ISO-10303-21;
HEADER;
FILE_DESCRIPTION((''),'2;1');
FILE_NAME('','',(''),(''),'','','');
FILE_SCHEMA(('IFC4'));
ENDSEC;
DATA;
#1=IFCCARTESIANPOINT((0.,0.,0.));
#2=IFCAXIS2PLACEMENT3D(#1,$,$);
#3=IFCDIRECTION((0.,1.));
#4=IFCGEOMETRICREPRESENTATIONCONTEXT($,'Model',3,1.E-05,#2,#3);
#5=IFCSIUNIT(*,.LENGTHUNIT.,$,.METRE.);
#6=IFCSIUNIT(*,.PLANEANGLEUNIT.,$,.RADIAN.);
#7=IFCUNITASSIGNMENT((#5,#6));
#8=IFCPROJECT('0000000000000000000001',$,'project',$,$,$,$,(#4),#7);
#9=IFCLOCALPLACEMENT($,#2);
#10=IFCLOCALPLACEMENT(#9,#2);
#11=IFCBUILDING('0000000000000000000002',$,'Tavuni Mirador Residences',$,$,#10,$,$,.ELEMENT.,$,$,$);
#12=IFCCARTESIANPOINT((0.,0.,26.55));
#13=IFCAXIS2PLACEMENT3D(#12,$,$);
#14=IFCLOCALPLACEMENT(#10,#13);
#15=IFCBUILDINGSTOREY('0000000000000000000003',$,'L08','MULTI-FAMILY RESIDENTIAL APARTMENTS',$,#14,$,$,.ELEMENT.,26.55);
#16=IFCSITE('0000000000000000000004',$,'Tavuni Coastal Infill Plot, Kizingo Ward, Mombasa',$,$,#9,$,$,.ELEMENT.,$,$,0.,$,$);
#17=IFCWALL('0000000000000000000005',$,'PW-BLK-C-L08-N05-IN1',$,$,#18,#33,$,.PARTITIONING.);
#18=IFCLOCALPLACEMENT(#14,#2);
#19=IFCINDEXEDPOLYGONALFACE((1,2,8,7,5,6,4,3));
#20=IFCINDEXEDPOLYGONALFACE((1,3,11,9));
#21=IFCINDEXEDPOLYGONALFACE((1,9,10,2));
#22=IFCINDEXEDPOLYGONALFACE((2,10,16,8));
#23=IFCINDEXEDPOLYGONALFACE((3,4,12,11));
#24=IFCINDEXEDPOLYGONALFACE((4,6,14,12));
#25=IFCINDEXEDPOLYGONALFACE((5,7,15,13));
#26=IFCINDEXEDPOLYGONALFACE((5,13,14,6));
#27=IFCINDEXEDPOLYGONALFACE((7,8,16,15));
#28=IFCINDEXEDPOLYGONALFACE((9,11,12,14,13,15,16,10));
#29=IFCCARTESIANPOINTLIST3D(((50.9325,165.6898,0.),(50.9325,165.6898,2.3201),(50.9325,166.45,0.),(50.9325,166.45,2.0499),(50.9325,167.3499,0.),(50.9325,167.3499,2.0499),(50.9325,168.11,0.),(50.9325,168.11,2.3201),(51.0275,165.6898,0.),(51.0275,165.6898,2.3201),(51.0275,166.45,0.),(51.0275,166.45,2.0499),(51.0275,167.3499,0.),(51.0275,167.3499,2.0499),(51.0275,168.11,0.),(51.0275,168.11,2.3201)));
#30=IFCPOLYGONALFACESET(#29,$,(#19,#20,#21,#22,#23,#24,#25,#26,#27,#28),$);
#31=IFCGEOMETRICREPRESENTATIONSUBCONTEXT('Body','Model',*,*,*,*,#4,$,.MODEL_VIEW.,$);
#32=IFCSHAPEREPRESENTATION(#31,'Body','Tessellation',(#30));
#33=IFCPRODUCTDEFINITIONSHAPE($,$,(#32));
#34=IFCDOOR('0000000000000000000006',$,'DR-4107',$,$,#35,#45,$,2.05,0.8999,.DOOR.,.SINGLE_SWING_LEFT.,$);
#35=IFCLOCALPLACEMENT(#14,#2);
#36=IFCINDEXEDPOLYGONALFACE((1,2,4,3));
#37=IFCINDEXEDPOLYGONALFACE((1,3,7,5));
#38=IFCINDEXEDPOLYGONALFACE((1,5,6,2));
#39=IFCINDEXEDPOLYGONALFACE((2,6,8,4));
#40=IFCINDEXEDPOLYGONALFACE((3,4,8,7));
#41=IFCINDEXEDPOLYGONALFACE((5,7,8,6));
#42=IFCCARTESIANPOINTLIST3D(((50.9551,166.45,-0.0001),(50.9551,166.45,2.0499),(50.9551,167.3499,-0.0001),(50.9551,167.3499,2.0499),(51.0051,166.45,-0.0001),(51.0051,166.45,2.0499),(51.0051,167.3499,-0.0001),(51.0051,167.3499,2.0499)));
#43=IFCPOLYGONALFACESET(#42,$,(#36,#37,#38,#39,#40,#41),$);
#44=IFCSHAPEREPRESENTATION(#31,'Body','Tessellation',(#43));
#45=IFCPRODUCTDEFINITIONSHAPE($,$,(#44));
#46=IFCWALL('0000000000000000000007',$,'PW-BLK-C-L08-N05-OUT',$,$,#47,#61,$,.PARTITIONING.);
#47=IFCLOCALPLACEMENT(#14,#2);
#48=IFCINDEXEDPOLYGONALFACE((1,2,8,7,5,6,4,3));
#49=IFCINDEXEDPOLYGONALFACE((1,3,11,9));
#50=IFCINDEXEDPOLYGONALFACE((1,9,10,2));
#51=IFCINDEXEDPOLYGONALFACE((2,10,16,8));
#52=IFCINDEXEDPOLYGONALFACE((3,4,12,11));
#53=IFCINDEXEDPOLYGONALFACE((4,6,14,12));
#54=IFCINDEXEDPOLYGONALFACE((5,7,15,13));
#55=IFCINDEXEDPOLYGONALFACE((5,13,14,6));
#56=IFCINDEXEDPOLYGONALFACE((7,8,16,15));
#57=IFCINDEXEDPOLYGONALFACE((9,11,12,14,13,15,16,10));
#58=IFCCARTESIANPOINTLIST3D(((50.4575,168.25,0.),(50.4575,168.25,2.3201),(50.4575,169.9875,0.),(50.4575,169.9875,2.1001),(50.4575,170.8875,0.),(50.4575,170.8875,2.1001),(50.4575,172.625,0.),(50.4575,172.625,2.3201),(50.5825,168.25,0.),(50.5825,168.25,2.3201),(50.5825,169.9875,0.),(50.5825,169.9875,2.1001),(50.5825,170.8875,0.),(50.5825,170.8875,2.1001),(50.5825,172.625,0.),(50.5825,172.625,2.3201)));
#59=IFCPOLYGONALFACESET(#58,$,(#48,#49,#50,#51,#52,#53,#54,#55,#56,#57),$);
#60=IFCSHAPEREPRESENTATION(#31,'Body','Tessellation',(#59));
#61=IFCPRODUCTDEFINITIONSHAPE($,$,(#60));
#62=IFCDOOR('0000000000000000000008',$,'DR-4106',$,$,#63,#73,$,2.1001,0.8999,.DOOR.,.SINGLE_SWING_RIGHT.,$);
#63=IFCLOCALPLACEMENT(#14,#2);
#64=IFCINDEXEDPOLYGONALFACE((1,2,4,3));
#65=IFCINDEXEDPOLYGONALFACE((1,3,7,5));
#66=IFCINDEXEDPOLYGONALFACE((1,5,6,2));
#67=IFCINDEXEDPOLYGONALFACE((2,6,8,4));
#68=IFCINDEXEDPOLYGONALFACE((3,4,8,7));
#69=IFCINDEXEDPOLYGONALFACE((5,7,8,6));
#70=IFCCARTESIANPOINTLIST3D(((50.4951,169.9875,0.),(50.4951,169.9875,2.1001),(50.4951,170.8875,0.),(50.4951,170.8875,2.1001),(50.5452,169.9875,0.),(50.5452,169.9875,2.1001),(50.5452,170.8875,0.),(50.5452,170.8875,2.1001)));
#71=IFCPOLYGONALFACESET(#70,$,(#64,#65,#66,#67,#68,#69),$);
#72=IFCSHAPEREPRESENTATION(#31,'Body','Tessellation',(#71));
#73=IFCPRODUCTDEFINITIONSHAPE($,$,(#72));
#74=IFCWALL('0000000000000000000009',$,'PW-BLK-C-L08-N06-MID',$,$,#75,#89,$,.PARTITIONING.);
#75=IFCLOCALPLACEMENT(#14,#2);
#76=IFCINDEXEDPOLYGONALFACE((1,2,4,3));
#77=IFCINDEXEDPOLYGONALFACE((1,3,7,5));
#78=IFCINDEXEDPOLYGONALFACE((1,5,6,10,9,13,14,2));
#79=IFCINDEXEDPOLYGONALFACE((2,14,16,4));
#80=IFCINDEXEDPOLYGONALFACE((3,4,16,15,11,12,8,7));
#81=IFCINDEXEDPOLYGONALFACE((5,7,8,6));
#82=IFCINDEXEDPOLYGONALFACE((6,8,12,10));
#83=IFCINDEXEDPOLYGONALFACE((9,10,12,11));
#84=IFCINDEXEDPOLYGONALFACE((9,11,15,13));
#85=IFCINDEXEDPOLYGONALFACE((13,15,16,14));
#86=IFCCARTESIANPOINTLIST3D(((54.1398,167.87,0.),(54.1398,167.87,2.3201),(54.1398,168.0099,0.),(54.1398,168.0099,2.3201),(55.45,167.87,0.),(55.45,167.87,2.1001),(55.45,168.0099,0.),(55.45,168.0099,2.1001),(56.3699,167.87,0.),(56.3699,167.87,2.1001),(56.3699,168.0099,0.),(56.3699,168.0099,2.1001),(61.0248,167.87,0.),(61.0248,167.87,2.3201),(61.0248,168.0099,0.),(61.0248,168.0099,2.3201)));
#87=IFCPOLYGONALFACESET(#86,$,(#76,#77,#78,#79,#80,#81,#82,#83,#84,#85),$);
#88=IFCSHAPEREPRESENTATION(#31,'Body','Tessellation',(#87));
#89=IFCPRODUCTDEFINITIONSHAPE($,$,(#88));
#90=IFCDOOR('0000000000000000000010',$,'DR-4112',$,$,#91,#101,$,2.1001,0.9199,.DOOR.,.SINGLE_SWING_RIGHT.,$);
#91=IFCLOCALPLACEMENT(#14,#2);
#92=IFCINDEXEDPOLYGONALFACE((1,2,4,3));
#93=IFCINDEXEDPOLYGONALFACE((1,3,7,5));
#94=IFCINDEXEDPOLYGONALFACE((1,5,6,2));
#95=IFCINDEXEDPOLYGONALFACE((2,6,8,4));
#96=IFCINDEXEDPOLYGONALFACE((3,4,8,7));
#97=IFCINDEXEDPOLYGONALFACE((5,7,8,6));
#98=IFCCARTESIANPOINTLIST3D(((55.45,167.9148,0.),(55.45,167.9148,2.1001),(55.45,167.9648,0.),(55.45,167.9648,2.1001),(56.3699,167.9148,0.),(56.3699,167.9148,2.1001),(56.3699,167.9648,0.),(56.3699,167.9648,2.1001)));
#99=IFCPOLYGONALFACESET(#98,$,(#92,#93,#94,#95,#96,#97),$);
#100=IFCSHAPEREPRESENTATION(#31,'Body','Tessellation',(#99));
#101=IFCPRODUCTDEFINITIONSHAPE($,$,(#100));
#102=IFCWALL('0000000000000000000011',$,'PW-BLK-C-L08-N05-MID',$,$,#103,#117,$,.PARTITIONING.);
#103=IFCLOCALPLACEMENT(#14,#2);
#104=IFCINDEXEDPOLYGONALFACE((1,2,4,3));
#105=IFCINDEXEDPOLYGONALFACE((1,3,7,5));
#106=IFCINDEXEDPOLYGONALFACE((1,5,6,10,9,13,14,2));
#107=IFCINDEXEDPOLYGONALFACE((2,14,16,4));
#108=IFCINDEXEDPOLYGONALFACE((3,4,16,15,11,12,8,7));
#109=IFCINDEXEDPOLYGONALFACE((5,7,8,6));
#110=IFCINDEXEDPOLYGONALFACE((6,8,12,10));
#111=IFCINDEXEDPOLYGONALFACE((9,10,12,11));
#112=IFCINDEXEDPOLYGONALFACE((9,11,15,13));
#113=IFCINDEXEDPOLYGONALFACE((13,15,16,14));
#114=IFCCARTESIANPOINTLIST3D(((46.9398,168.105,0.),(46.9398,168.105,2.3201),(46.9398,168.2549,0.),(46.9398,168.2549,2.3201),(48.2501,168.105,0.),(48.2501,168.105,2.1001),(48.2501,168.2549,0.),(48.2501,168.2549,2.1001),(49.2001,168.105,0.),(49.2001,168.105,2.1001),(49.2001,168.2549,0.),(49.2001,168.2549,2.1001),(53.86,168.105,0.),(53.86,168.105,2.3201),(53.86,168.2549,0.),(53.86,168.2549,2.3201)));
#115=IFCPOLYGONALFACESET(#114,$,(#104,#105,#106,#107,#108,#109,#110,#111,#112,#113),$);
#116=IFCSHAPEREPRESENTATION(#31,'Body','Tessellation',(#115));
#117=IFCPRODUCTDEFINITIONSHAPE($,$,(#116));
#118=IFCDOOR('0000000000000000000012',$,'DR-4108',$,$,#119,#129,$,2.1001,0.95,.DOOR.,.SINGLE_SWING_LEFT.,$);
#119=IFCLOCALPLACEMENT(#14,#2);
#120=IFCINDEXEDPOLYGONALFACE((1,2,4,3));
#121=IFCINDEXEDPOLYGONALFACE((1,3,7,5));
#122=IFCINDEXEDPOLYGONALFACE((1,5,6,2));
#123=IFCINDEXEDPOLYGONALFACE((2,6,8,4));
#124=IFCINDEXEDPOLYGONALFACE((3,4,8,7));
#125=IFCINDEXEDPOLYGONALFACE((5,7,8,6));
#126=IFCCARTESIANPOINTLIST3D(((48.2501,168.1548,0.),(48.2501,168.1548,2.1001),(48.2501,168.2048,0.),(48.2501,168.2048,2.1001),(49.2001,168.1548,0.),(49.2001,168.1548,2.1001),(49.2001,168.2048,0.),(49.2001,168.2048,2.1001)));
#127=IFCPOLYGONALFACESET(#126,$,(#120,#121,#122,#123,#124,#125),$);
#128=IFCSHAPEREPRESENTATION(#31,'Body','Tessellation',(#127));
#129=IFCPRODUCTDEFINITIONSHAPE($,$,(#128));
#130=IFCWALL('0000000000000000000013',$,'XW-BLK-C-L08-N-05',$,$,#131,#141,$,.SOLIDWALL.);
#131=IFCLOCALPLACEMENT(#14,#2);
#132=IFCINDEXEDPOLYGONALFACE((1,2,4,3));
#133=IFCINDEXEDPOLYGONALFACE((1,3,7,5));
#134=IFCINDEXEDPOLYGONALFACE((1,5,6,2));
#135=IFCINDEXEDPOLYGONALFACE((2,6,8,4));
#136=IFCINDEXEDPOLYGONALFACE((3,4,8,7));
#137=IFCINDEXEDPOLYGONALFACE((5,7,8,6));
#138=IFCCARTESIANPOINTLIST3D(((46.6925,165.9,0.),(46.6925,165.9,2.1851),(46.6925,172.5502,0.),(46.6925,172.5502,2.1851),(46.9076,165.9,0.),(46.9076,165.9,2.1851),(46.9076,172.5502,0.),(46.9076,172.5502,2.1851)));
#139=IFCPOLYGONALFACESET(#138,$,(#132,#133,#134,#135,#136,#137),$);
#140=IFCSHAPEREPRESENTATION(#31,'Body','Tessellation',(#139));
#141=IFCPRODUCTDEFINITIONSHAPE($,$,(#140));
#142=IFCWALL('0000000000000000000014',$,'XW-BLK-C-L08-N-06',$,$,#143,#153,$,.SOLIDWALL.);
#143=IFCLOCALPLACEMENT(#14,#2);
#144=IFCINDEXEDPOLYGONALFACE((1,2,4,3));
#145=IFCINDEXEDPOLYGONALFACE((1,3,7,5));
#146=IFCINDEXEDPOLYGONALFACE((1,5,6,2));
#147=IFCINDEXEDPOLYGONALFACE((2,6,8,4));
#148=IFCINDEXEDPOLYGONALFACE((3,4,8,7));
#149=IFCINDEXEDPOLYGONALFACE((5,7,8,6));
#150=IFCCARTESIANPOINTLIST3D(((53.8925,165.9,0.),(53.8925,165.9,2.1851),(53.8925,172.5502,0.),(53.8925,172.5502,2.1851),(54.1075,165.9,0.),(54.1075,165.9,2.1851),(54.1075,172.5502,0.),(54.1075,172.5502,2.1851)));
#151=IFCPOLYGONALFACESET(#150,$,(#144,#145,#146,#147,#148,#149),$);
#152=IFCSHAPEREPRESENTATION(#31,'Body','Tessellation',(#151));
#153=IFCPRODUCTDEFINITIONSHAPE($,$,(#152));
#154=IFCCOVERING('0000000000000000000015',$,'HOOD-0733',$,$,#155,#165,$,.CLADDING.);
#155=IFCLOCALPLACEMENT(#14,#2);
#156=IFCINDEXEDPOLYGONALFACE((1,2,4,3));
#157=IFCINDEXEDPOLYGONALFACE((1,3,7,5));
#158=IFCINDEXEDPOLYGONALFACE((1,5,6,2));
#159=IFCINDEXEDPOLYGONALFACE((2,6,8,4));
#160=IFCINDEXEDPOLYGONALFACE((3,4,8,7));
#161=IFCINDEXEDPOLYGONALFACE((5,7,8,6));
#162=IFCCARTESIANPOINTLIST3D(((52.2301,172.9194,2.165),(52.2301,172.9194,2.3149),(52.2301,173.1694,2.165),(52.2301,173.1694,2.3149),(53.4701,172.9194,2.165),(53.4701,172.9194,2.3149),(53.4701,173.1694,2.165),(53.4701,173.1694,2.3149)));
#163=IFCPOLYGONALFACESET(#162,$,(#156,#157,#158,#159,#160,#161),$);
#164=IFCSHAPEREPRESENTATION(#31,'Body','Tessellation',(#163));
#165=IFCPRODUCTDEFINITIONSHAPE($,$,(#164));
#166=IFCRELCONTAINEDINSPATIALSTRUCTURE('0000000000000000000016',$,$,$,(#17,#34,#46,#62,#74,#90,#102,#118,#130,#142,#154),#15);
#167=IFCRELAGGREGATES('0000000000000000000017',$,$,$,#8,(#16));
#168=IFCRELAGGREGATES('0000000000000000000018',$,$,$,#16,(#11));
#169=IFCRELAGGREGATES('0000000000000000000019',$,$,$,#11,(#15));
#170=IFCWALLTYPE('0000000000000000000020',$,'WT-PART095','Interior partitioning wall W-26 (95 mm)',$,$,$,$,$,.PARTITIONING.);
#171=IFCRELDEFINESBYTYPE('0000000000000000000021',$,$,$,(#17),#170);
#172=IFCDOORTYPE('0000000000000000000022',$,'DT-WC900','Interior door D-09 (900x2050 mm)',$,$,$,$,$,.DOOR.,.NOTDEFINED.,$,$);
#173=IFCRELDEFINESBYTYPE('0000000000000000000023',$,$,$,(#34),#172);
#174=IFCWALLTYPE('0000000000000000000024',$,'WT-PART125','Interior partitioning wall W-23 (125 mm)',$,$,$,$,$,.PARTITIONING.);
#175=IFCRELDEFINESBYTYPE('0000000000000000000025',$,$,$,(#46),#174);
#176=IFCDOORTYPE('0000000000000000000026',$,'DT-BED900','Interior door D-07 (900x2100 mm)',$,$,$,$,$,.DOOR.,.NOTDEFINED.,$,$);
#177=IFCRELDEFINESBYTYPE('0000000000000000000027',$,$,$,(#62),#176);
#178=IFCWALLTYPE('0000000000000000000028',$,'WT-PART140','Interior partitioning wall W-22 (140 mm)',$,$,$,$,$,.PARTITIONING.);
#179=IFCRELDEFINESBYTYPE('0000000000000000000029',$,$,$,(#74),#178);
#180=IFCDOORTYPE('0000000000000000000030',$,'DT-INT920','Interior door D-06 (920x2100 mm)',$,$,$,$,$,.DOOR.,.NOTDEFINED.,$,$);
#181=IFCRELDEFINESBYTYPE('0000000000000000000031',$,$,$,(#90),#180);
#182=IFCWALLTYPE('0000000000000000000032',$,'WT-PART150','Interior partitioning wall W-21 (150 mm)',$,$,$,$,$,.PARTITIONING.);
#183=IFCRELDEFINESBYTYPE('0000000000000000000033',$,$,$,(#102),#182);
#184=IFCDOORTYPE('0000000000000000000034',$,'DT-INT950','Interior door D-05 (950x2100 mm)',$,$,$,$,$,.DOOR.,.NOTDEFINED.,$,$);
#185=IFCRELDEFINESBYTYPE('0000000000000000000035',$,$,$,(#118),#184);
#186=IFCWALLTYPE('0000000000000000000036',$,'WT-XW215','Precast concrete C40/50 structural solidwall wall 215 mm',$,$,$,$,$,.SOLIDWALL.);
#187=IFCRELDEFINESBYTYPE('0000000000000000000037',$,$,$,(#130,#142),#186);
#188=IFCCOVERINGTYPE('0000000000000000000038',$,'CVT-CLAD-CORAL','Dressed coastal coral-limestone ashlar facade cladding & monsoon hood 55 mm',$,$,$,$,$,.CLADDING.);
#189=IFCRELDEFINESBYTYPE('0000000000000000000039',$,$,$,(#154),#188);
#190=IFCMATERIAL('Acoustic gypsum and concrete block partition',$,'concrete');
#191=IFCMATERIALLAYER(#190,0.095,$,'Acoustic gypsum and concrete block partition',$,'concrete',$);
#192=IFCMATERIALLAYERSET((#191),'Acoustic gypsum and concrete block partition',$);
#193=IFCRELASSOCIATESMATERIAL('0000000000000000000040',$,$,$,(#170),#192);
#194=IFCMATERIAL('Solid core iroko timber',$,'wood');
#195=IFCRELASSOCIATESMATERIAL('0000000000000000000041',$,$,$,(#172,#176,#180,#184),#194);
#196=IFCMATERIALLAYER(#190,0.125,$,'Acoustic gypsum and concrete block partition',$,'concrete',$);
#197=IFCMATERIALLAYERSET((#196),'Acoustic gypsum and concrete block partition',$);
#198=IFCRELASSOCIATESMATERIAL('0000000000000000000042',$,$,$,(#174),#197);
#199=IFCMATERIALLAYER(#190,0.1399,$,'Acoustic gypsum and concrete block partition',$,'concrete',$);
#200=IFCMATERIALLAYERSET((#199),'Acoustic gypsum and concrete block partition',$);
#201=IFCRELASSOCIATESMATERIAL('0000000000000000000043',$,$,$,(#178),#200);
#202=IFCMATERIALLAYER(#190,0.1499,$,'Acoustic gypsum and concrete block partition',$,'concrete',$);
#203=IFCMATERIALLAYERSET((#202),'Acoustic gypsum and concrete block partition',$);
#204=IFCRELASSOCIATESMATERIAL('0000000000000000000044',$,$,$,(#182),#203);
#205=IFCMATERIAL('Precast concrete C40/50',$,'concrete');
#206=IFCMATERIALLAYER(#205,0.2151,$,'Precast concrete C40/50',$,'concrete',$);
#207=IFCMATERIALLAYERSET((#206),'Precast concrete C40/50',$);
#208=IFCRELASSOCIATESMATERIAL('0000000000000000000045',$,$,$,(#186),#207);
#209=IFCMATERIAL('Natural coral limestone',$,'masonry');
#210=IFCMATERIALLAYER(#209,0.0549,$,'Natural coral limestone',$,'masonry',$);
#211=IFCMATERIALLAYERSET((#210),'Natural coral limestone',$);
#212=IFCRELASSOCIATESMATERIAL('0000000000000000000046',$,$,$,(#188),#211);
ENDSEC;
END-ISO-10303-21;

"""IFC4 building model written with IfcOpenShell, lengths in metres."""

from ifc_helpers import new_model, si_unit, direction, frame, frame_2d, origin, origin_2d, place, context, subcontext, project, spatial, rectangle, extrude, material, layer, layer_set, type_object, element, fill, save


model = new_model("IFC4")

# Units and contexts
model_context = context("Model", 3, precision=1e-05, world=origin(), true_north=direction((0.0, 1.0)))
body_context = subcontext(model_context, "Body", "Model", "MODEL_VIEW")
ifc_project = project(units=[si_unit("LENGTHUNIT", "METRE"), si_unit("PLANEANGLEUNIT", "RADIAN")], contexts=[model_context])

# Site, building, storey
site_placement = place(None, origin())
site = spatial("IfcSite", under=ifc_project, at=site_placement, Name="Tavuni Coastal Infill Plot, Kizingo Ward, Mombasa", CompositionType="ELEMENT", RefElevation=0.0)
building_placement = place(site_placement, origin())
building = spatial("IfcBuilding", under=site, at=building_placement, Name="Tavuni Mirador Residences", CompositionType="ELEMENT")
storey_placement = place(building_placement, frame((0.0, 0.0, 26.55)))
storey = spatial("IfcBuildingStorey", under=building, at=storey_placement, Name="L08", Description="MULTI-FAMILY RESIDENTIAL APARTMENTS", CompositionType="ELEMENT", Elevation=26.55)

# Shared definitions
ifc_material_1 = material(Name="Precast concrete C40/50", Category="concrete")

# Shared definitions
ifc_material_2 = material(Name="Solid core iroko timber", Category="wood")

# Walls, openings, doors
ifc_material_3 = material(Name="Acoustic gypsum and concrete block partition", Category="concrete")
ifc_layer_1 = layer(ifc_material_3, 0.095, Name="Acoustic gypsum and concrete block partition", Category="concrete")
ifc_layer_set_1 = layer_set([ifc_layer_1], Name="Acoustic gypsum and concrete block partition")
wall_type_1 = type_object("IfcWallType", Name="WT-PART095", Description="Interior partitioning wall W-26 (95 mm)", PredefinedType="PARTITIONING", material=ifc_layer_set_1)
wall_1_placement = place(storey_placement, frame((50.98, 165.6899, 0.0), z_axis=(0.0, 0.0, 1.0), x_axis=(0.0, 1.0, 0.0)))
wall_1 = element("IfcWall", 1, at=wall_1_placement, inside=storey, type_object=wall_type_1, Name="PW-BLK-C-L08-N05-IN1", PredefinedType="PARTITIONING", context=body_context, shape_type="SweptSolid", body=[
    extrude(rectangle(XDim=2.4202, YDim=0.095, at=frame_2d((1.21, 0.0))), origin(), (0.0, 0.0, 1.0), 2.3201),
])
opening_1_placement = place(wall_1_placement, frame((0.76, 0.0, 0.0)))
opening_1 = element("IfcOpeningElement", 2, at=opening_1_placement, cuts=wall_1, PredefinedType="OPENING", context=body_context, shape_type="SweptSolid", body=[
    extrude(rectangle(XDim=0.8999, YDim=2.05, at=frame_2d((0.45, 1.0249))), frame((0.0, 0.0576, 0.0), z_axis=(0.0, -1.0, 0.0), x_axis=(1.0, 0.0, 0.0)), (0.0, 0.0, 1.0), 0.115),
])
door_type_1 = type_object("IfcDoorType", Name="DT-WC900", Description="Interior door D-09 (900x2050 mm)", OperationType="NOTDEFINED", PredefinedType="DOOR", material=ifc_material_2)
door_1_placement = place(opening_1_placement, origin())
door_1 = element("IfcDoor", 3, at=door_1_placement, inside=storey, type_object=door_type_1, Name="DR-4107", OperationType="SINGLE_SWING_LEFT", OverallHeight=2.05, OverallWidth=0.8999, PredefinedType="DOOR", context=body_context, shape_type="SweptSolid", body=[
    extrude(rectangle(XDim=0.8999, YDim=2.05, at=frame_2d((0.45, 1.0249))), frame((0.0, 0.0249, 0.0), z_axis=(0.0, -1.0, 0.0), x_axis=(1.0, 0.0, 0.0)), (0.0, 0.0, 1.0), 0.05),
])
fill(opening_1, door_1)
ifc_layer_2 = layer(ifc_material_3, 0.125, Name="Acoustic gypsum and concrete block partition", Category="concrete")
ifc_layer_set_2 = layer_set([ifc_layer_2], Name="Acoustic gypsum and concrete block partition")
wall_type_2 = type_object("IfcWallType", Name="WT-PART125", Description="Interior partitioning wall W-23 (125 mm)", PredefinedType="PARTITIONING", material=ifc_layer_set_2)
wall_2_placement = place(storey_placement, frame((50.52, 168.25, 0.0), z_axis=(0.0, 0.0, 1.0), x_axis=(0.0, 1.0, 0.0)))
wall_2 = element("IfcWall", 4, at=wall_2_placement, inside=storey, type_object=wall_type_2, Name="PW-BLK-C-L08-N05-OUT", PredefinedType="PARTITIONING", context=body_context, shape_type="SweptSolid", body=[
    extrude(rectangle(XDim=4.375, YDim=0.125, at=frame_2d((2.1875, 0.0))), origin(), (0.0, 0.0, 1.0), 2.3201),
])
opening_2_placement = place(wall_2_placement, frame((1.7375, 0.0, 0.0)))
opening_2 = element("IfcOpeningElement", 5, at=opening_2_placement, cuts=wall_2, PredefinedType="OPENING", context=body_context, shape_type="SweptSolid", body=[
    extrude(rectangle(XDim=0.8999, YDim=2.1001, at=frame_2d((0.45, 1.05))), frame((0.0, 0.0725, 0.0), z_axis=(0.0, -1.0, 0.0), x_axis=(1.0, 0.0, 0.0)), (0.0, 0.0, 1.0), 0.145),
])
door_type_2 = type_object("IfcDoorType", Name="DT-BED900", Description="Interior door D-07 (900x2100 mm)", OperationType="NOTDEFINED", PredefinedType="DOOR", material=ifc_material_2)
door_2_placement = place(opening_2_placement, origin())
door_2 = element("IfcDoor", 6, at=door_2_placement, inside=storey, type_object=door_type_2, Name="DR-4106", OperationType="SINGLE_SWING_RIGHT", OverallHeight=2.1001, OverallWidth=0.8999, PredefinedType="DOOR", context=body_context, shape_type="SweptSolid", body=[
    extrude(rectangle(XDim=0.8999, YDim=2.1001, at=frame_2d((0.45, 1.05))), frame((0.0, 0.0249, 0.0), z_axis=(0.0, -1.0, 0.0), x_axis=(1.0, 0.0, 0.0)), (0.0, 0.0, 1.0), 0.05),
])
fill(opening_2, door_2)
ifc_layer_3 = layer(ifc_material_3, 0.1399, Name="Acoustic gypsum and concrete block partition", Category="concrete")
ifc_layer_set_3 = layer_set([ifc_layer_3], Name="Acoustic gypsum and concrete block partition")
wall_type_3 = type_object("IfcWallType", Name="WT-PART140", Description="Interior partitioning wall W-22 (140 mm)", PredefinedType="PARTITIONING", material=ifc_layer_set_3)
wall_3_placement = place(storey_placement, frame((54.1399, 167.9399, 0.0), z_axis=(0.0, 0.0, 1.0), x_axis=(1.0, 0.0, 0.0)))
wall_3 = element("IfcWall", 7, at=wall_3_placement, inside=storey, type_object=wall_type_3, Name="PW-BLK-C-L08-N06-MID", PredefinedType="PARTITIONING", context=body_context, shape_type="SweptSolid", body=[
    extrude(rectangle(XDim=6.885, YDim=0.1399, at=frame_2d((3.4424, 0.0))), origin(), (0.0, 0.0, 1.0), 2.3201),
])
opening_3_placement = place(wall_3_placement, frame((1.3101, 0.0, 0.0)))
opening_3 = element("IfcOpeningElement", 8, at=opening_3_placement, cuts=wall_3, PredefinedType="OPENING", context=body_context, shape_type="SweptSolid", body=[
    extrude(rectangle(XDim=0.9199, YDim=2.1001, at=frame_2d((0.46, 1.05))), frame((0.0, 0.0801, 0.0), z_axis=(0.0, -1.0, 0.0), x_axis=(1.0, 0.0, 0.0)), (0.0, 0.0, 1.0), 0.1599),
])
door_type_3 = type_object("IfcDoorType", Name="DT-INT920", Description="Interior door D-06 (920x2100 mm)", OperationType="NOTDEFINED", PredefinedType="DOOR", material=ifc_material_2)
door_3_placement = place(opening_3_placement, origin())
door_3 = element("IfcDoor", 9, at=door_3_placement, inside=storey, type_object=door_type_3, Name="DR-4112", OperationType="SINGLE_SWING_RIGHT", OverallHeight=2.1001, OverallWidth=0.9199, PredefinedType="DOOR", context=body_context, shape_type="SweptSolid", body=[
    extrude(rectangle(XDim=0.9199, YDim=2.1001, at=frame_2d((0.46, 1.05))), frame((0.0, 0.0249, 0.0), z_axis=(0.0, -1.0, 0.0), x_axis=(1.0, 0.0, 0.0)), (0.0, 0.0, 1.0), 0.05),
])
fill(opening_3, door_3)
ifc_layer_4 = layer(ifc_material_3, 0.1499, Name="Acoustic gypsum and concrete block partition", Category="concrete")
ifc_layer_set_4 = layer_set([ifc_layer_4], Name="Acoustic gypsum and concrete block partition")
wall_type_4 = type_object("IfcWallType", Name="WT-PART150", Description="Interior partitioning wall W-21 (150 mm)", PredefinedType="PARTITIONING", material=ifc_layer_set_4)
wall_4_placement = place(storey_placement, frame((46.9399, 168.1799, 0.0), z_axis=(0.0, 0.0, 1.0), x_axis=(1.0, 0.0, 0.0)))
wall_4 = element("IfcWall", 10, at=wall_4_placement, inside=storey, type_object=wall_type_4, Name="PW-BLK-C-L08-N05-MID", PredefinedType="PARTITIONING", context=body_context, shape_type="SweptSolid", body=[
    extrude(rectangle(XDim=6.9202, YDim=0.1499, at=frame_2d((3.46, 0.0))), origin(), (0.0, 0.0, 1.0), 2.3201),
])
opening_4_placement = place(wall_4_placement, frame((1.3101, 0.0, 0.0)))
opening_4 = element("IfcOpeningElement", 11, at=opening_4_placement, cuts=wall_4, PredefinedType="OPENING", context=body_context, shape_type="SweptSolid", body=[
    extrude(rectangle(XDim=0.95, YDim=2.1001, at=frame_2d((0.4751, 1.05))), frame((0.0, 0.085, 0.0), z_axis=(0.0, -1.0, 0.0), x_axis=(1.0, 0.0, 0.0)), (0.0, 0.0, 1.0), 0.1699),
])
door_type_4 = type_object("IfcDoorType", Name="DT-INT950", Description="Interior door D-05 (950x2100 mm)", OperationType="NOTDEFINED", PredefinedType="DOOR", material=ifc_material_2)
door_4_placement = place(opening_4_placement, origin())
door_4 = element("IfcDoor", 12, at=door_4_placement, inside=storey, type_object=door_type_4, Name="DR-4108", OperationType="SINGLE_SWING_LEFT", OverallHeight=2.1001, OverallWidth=0.95, PredefinedType="DOOR", context=body_context, shape_type="SweptSolid", body=[
    extrude(rectangle(XDim=0.95, YDim=2.1001, at=frame_2d((0.4751, 1.05))), frame((0.0, 0.0249, 0.0), z_axis=(0.0, -1.0, 0.0), x_axis=(1.0, 0.0, 0.0)), (0.0, 0.0, 1.0), 0.05),
])
fill(opening_4, door_4)

# Walls
ifc_layer_5 = layer(ifc_material_1, 0.2151, Name="Precast concrete C40/50", Category="concrete")
ifc_layer_set_5 = layer_set([ifc_layer_5], Name="Precast concrete C40/50")
wall_type_5 = type_object("IfcWallType", Name="WT-XW215", Description="Precast concrete C40/50 structural solidwall wall 215 mm", PredefinedType="SOLIDWALL", material=ifc_layer_set_5)
for number, where, z_axis, x_axis, name in (
    (13, (46.8, 165.8999, 0.0), (0.0, 0.0, 1.0), (0.0, 1.0, 0.0), "XW-BLK-C-L08-N-05"),
    (14, (54.0, 165.8999, 0.0), (0.0, 0.0, 1.0), (0.0, 1.0, 0.0), "XW-BLK-C-L08-N-06"),
):
    element("IfcWall", number, at=place(storey_placement, frame(where, z_axis=z_axis, x_axis=x_axis)), inside=storey, type_object=wall_type_5, Name=name, PredefinedType="SOLIDWALL", context=body_context, shape_type="SweptSolid", body=[
        extrude(rectangle(XDim=6.6501, YDim=0.2151, at=frame_2d((3.3252, 0.0))), origin(), (0.0, 0.0, 1.0), 2.1851),
    ])

# Covering
ifc_material_4 = material(Name="Natural coral limestone", Category="masonry")
ifc_layer_6 = layer(ifc_material_4, 0.0549, Name="Natural coral limestone", Category="masonry")
ifc_layer_set_6 = layer_set([ifc_layer_6], Name="Natural coral limestone")
covering_type = type_object("IfcCoveringType", Name="CVT-CLAD-CORAL", Description="Dressed coastal coral-limestone ashlar facade cladding & monsoon hood 55 mm", PredefinedType="CLADDING", material=ifc_layer_set_6)
covering_1_placement = place(storey_placement, frame((52.8501, 173.0444, 2.165), z_axis=(0.0, 0.0, 1.0), x_axis=(-1.0, 0.0, 0.0)))
element("IfcCovering", 15, at=covering_1_placement, inside=storey, type_object=covering_type, Name="HOOD-0733", PredefinedType="CLADDING", context=body_context, shape_type="SweptSolid", body=[
    extrude(rectangle(XDim=1.24, YDim=0.25, at=origin_2d()), origin(), (0.0, 0.0, 1.0), 0.1499),
])

save(model, "model.ifc")
